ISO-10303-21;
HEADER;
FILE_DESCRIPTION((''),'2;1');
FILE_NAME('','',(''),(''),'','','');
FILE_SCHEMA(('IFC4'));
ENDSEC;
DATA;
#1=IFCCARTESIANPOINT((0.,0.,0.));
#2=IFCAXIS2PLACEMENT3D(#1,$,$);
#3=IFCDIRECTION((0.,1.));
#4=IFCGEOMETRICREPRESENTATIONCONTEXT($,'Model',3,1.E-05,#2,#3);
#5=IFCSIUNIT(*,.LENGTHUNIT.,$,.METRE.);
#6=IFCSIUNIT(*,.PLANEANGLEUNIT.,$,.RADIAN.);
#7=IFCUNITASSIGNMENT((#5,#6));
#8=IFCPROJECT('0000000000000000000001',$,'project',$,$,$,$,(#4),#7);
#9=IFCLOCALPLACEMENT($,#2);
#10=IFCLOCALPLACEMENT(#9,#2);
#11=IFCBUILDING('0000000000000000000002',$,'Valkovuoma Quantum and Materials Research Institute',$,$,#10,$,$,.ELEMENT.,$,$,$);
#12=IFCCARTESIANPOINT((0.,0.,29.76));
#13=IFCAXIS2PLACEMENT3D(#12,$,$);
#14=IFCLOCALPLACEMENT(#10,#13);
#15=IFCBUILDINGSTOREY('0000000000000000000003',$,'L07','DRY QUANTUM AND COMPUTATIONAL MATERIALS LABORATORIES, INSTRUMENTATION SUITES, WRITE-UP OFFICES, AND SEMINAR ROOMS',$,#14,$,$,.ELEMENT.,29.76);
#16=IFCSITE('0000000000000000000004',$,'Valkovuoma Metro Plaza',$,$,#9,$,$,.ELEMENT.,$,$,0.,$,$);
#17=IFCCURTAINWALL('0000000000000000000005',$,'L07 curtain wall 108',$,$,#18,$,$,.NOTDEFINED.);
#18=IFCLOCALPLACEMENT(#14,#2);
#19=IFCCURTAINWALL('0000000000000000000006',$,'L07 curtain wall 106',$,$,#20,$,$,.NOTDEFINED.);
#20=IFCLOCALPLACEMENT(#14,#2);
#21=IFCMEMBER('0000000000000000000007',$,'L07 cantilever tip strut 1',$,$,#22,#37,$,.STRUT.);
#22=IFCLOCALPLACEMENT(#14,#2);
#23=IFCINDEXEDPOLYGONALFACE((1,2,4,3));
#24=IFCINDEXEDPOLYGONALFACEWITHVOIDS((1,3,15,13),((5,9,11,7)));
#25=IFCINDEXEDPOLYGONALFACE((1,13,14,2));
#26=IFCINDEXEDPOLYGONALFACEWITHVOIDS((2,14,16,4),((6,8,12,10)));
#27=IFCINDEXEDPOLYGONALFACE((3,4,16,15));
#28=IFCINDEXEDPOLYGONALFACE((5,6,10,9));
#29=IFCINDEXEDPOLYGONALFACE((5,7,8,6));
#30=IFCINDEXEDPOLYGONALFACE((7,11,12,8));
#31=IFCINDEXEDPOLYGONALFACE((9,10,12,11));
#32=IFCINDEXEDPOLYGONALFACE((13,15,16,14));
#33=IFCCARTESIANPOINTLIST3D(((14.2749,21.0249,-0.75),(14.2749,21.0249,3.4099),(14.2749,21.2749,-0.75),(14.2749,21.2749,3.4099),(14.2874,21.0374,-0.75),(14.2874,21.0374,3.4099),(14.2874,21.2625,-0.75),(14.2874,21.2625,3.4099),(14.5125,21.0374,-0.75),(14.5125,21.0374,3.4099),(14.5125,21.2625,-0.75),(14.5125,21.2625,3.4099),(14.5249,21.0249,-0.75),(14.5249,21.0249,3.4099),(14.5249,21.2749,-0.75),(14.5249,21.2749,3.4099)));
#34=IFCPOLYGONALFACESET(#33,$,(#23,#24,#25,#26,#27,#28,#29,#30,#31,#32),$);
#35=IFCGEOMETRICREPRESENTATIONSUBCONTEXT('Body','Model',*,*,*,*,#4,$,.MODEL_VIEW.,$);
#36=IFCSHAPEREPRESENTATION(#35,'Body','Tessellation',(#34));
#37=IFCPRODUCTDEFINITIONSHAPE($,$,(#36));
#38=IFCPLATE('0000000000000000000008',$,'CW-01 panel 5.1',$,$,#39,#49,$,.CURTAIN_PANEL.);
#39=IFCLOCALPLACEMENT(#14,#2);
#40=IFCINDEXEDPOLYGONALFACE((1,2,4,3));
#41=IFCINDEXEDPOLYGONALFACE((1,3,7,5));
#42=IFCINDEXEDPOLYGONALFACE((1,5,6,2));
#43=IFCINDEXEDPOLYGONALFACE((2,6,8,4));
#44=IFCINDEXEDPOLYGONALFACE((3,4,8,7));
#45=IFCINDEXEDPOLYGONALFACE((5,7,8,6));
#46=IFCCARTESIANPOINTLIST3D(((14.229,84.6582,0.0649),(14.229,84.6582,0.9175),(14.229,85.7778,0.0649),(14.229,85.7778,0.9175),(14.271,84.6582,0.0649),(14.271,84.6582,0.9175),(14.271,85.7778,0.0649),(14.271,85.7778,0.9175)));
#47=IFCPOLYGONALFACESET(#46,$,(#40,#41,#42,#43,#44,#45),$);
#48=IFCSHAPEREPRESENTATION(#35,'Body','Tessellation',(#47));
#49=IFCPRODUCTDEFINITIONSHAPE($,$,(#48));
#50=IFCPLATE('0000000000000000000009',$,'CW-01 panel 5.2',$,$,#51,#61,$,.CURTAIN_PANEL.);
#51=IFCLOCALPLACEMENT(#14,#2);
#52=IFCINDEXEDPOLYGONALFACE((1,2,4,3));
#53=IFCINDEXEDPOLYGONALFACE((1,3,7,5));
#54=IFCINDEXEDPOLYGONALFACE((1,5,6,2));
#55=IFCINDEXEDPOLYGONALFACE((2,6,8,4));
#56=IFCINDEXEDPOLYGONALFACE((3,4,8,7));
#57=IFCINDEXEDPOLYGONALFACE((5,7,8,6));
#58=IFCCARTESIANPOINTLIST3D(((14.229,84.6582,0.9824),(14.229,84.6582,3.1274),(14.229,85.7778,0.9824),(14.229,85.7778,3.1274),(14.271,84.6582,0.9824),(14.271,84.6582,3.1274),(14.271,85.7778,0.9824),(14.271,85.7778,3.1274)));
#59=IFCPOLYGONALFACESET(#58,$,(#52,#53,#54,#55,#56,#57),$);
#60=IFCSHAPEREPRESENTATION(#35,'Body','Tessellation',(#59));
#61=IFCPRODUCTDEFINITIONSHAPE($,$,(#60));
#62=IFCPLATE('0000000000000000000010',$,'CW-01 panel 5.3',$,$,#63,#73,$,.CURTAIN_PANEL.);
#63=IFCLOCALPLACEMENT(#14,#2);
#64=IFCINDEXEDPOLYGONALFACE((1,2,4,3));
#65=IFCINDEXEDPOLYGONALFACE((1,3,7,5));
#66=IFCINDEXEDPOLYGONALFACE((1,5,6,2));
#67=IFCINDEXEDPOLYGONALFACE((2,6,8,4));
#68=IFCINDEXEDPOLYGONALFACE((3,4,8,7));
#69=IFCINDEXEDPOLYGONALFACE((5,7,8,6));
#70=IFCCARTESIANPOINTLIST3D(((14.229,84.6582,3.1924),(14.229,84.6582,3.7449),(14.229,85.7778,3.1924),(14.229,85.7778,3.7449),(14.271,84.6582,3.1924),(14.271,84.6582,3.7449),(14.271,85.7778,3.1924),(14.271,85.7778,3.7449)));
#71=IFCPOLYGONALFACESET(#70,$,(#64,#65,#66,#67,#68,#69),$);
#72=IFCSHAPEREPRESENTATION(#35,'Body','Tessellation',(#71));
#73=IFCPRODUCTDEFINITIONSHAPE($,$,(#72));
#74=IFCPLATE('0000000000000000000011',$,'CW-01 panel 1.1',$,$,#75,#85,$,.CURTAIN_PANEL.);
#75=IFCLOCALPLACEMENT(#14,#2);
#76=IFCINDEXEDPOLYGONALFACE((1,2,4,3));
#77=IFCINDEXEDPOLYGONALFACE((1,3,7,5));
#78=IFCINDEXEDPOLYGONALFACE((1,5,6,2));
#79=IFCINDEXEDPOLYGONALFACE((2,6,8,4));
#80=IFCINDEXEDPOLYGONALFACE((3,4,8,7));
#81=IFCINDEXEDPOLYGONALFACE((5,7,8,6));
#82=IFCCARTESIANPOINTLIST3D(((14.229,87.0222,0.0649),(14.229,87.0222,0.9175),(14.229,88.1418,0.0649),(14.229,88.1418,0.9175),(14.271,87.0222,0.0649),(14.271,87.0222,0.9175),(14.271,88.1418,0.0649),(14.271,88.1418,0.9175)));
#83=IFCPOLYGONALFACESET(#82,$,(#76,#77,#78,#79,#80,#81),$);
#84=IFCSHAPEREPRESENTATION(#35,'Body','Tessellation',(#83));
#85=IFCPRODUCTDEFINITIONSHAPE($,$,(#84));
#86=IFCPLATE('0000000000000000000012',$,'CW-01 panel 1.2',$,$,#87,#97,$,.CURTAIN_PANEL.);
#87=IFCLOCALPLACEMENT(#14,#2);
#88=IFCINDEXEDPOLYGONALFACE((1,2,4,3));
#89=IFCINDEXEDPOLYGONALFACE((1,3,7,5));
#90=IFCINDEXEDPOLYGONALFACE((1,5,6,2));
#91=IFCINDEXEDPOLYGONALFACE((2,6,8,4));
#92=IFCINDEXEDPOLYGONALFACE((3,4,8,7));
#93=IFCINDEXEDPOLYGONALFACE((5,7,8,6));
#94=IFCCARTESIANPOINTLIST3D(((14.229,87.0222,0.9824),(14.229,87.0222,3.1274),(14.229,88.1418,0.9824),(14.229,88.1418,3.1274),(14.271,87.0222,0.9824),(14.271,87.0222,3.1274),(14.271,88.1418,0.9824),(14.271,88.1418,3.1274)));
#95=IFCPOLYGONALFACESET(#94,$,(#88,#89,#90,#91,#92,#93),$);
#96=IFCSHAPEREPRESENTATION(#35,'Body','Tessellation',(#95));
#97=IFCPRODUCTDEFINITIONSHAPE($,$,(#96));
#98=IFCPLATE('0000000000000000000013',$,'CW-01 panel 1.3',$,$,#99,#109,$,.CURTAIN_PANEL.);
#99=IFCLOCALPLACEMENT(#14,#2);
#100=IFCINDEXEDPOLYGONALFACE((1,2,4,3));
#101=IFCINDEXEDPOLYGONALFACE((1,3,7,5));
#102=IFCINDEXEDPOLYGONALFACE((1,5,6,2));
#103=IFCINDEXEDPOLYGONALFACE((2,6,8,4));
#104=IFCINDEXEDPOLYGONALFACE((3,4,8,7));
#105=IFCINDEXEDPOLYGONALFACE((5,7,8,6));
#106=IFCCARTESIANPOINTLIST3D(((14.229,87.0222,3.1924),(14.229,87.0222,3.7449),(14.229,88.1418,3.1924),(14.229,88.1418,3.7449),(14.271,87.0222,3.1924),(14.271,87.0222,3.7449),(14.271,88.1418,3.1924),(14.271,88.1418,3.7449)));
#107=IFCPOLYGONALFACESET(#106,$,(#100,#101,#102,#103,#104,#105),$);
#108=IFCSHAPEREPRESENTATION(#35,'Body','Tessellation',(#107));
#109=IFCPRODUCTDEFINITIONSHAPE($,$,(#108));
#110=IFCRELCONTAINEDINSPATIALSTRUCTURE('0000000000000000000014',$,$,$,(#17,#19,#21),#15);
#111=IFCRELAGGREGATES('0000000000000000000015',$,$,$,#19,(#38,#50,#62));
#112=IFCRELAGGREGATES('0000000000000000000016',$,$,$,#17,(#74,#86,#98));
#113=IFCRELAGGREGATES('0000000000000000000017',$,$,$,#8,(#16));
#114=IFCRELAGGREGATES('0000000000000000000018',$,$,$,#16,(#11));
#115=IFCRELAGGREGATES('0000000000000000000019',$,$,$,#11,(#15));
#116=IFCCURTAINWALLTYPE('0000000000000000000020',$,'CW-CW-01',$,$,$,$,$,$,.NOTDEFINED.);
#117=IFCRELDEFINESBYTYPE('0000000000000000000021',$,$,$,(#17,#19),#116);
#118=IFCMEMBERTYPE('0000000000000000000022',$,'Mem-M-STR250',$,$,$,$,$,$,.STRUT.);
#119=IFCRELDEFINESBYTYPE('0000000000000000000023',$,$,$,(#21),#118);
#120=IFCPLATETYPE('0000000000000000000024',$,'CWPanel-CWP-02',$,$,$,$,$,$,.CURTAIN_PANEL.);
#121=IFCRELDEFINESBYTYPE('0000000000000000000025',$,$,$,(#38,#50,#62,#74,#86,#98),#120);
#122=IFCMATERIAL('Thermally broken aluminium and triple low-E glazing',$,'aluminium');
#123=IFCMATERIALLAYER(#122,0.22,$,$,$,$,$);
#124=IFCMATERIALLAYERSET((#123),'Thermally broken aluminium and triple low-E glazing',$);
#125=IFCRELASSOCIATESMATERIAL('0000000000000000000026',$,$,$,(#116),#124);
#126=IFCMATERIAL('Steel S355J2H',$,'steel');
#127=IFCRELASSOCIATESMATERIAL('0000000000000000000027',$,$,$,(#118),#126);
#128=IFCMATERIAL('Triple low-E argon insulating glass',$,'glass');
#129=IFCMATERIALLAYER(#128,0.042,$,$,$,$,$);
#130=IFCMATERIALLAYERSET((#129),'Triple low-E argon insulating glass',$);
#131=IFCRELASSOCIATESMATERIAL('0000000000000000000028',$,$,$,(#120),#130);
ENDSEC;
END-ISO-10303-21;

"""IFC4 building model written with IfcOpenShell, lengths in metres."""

from ifc_helpers import new_model, si_unit, direction, frame, origin, origin_2d, place, context, subcontext, project, spatial, rectangle, hollow_rectangle, extrude, material, layer, layer_set, material_profile, profile_set, type_object, element, aggregate, save


model = new_model("IFC4")

# Units and contexts
model_context = context("Model", 3, precision=1e-05, world=origin(), true_north=direction((0.0, 1.0)))
body_context = subcontext(model_context, "Body", "Model", "MODEL_VIEW")
ifc_project = project(units=[si_unit("LENGTHUNIT", "METRE"), si_unit("PLANEANGLEUNIT", "RADIAN")], contexts=[model_context])

# Site, building, storey
site_placement = place(None, origin())
site = spatial("IfcSite", under=ifc_project, at=site_placement, Name="Valkovuoma Metro Plaza", CompositionType="ELEMENT", RefElevation=0.0)
building_placement = place(site_placement, origin())
building = spatial("IfcBuilding", under=site, at=building_placement, Name="Valkovuoma Quantum and Materials Research Institute", CompositionType="ELEMENT")
storey_placement = place(building_placement, frame((0.0, 0.0, 29.76)))
storey = spatial("IfcBuildingStorey", under=building, at=storey_placement, Name="L07", Description="DRY QUANTUM AND COMPUTATIONAL MATERIALS LABORATORIES, INSTRUMENTATION SUITES, WRITE-UP OFFICES, AND SEMINAR ROOMS", CompositionType="ELEMENT", Elevation=29.76)

# Curtain walls
ifc_material_1 = material(Name="Thermally broken aluminium and triple low-E glazing", Category="aluminium")
ifc_layer_1 = layer(ifc_material_1, 0.22)
ifc_layer_set_1 = layer_set([ifc_layer_1], Name="Thermally broken aluminium and triple low-E glazing")
curtain_wall_type = type_object("IfcCurtainWallType", Name="CW-CW-01", PredefinedType="NOTDEFINED", material=ifc_layer_set_1)
curtain_wall_1_placement = place(storey_placement, origin())
curtain_wall_1 = element("IfcCurtainWall", 1, at=curtain_wall_1_placement, inside=storey, type_object=curtain_wall_type, Name="L07 curtain wall 108", PredefinedType="NOTDEFINED")
curtain_wall_2_placement = place(storey_placement, origin())
curtain_wall_2 = element("IfcCurtainWall", 2, at=curtain_wall_2_placement, inside=storey, type_object=curtain_wall_type, Name="L07 curtain wall 106", PredefinedType="NOTDEFINED")

# Member
ifc_material_2 = material(Name="Steel S355J2H", Category="steel")
ifc_material_profile_1 = material_profile(ifc_material_2, hollow_rectangle(XDim=0.25, YDim=0.25, WallThickness=0.0125, at=origin_2d()), Name="Steel S355J2H")
ifc_profile_set_1 = profile_set([ifc_material_profile_1], Name="Steel S355J2H")
member_type_1 = type_object("IfcMemberType", Name="Mem-M-STR250", PredefinedType="STRUT", material=ifc_profile_set_1)
member_1_placement = place(storey_placement, frame((14.3999, 21.1499, -0.75), z_axis=(0.0, 0.0, 1.0), x_axis=(1.0, 0.0, 0.0)))
element("IfcMember", 3, at=member_1_placement, inside=storey, type_object=member_type_1, Name="L07 cantilever tip strut 1", PredefinedType="STRUT", context=body_context, shape_type="SweptSolid", body=[
    extrude(hollow_rectangle(XDim=0.25, YDim=0.25, WallThickness=0.0125, at=origin_2d()), origin(), (0.0, 0.0, 1.0), 4.1599),
])

# Plates
ifc_material_3 = material(Name="Triple low-E argon insulating glass", Category="glass")
ifc_layer_2 = layer(ifc_material_3, 0.042)
ifc_layer_set_2 = layer_set([ifc_layer_2], Name="Triple low-E argon insulating glass")
plate_type = type_object("IfcPlateType", Name="CWPanel-CWP-02", PredefinedType="CURTAIN_PANEL", material=ifc_layer_set_2)
plate_1_placement = place(storey_placement, frame((14.25, 85.218, 0.0649), z_axis=(0.0, 0.0, 1.0), x_axis=(0.0, 1.0, 0.0)))
plate_1 = element("IfcPlate", 4, at=plate_1_placement, type_object=plate_type, Name="CW-01 panel 5.1", PredefinedType="CURTAIN_PANEL", context=body_context, shape_type="SweptSolid", body=[
    extrude(rectangle(XDim=1.1196, YDim=0.042, at=origin_2d()), origin(), (0.0, 0.0, 1.0), 0.8525),
])
plate_2_placement = place(storey_placement, frame((14.25, 85.218, 0.9824), z_axis=(0.0, 0.0, 1.0), x_axis=(0.0, 1.0, 0.0)))
plate_2 = element("IfcPlate", 5, at=plate_2_placement, type_object=plate_type, Name="CW-01 panel 5.2", PredefinedType="CURTAIN_PANEL", context=body_context, shape_type="SweptSolid", body=[
    extrude(rectangle(XDim=1.1196, YDim=0.042, at=origin_2d()), origin(), (0.0, 0.0, 1.0), 2.145),
])
plate_3_placement = place(storey_placement, frame((14.25, 85.218, 3.1924), z_axis=(0.0, 0.0, 1.0), x_axis=(0.0, 1.0, 0.0)))
plate_3 = element("IfcPlate", 6, at=plate_3_placement, type_object=plate_type, Name="CW-01 panel 5.3", PredefinedType="CURTAIN_PANEL", context=body_context, shape_type="SweptSolid", body=[
    extrude(rectangle(XDim=1.1196, YDim=0.042, at=origin_2d()), origin(), (0.0, 0.0, 1.0), 0.5525),
])
aggregate(curtain_wall_2, [plate_1, plate_2, plate_3])
plate_4_placement = place(storey_placement, frame((14.25, 87.582, 0.0649), z_axis=(0.0, 0.0, 1.0), x_axis=(0.0, 1.0, 0.0)))
plate_4 = element("IfcPlate", 7, at=plate_4_placement, type_object=plate_type, Name="CW-01 panel 1.1", PredefinedType="CURTAIN_PANEL", context=body_context, shape_type="SweptSolid", body=[
    extrude(rectangle(XDim=1.1196, YDim=0.042, at=origin_2d()), origin(), (0.0, 0.0, 1.0), 0.8525),
])
plate_5_placement = place(storey_placement, frame((14.25, 87.582, 0.9824), z_axis=(0.0, 0.0, 1.0), x_axis=(0.0, 1.0, 0.0)))
plate_5 = element("IfcPlate", 8, at=plate_5_placement, type_object=plate_type, Name="CW-01 panel 1.2", PredefinedType="CURTAIN_PANEL", context=body_context, shape_type="SweptSolid", body=[
    extrude(rectangle(XDim=1.1196, YDim=0.042, at=origin_2d()), origin(), (0.0, 0.0, 1.0), 2.145),
])
plate_6_placement = place(storey_placement, frame((14.25, 87.582, 3.1924), z_axis=(0.0, 0.0, 1.0), x_axis=(0.0, 1.0, 0.0)))
plate_6 = element("IfcPlate", 9, at=plate_6_placement, type_object=plate_type, Name="CW-01 panel 1.3", PredefinedType="CURTAIN_PANEL", context=body_context, shape_type="SweptSolid", body=[
    extrude(rectangle(XDim=1.1196, YDim=0.042, at=origin_2d()), origin(), (0.0, 0.0, 1.0), 0.5525),
])
aggregate(curtain_wall_1, [plate_4, plate_5, plate_6])

save(model, "model.ifc")
